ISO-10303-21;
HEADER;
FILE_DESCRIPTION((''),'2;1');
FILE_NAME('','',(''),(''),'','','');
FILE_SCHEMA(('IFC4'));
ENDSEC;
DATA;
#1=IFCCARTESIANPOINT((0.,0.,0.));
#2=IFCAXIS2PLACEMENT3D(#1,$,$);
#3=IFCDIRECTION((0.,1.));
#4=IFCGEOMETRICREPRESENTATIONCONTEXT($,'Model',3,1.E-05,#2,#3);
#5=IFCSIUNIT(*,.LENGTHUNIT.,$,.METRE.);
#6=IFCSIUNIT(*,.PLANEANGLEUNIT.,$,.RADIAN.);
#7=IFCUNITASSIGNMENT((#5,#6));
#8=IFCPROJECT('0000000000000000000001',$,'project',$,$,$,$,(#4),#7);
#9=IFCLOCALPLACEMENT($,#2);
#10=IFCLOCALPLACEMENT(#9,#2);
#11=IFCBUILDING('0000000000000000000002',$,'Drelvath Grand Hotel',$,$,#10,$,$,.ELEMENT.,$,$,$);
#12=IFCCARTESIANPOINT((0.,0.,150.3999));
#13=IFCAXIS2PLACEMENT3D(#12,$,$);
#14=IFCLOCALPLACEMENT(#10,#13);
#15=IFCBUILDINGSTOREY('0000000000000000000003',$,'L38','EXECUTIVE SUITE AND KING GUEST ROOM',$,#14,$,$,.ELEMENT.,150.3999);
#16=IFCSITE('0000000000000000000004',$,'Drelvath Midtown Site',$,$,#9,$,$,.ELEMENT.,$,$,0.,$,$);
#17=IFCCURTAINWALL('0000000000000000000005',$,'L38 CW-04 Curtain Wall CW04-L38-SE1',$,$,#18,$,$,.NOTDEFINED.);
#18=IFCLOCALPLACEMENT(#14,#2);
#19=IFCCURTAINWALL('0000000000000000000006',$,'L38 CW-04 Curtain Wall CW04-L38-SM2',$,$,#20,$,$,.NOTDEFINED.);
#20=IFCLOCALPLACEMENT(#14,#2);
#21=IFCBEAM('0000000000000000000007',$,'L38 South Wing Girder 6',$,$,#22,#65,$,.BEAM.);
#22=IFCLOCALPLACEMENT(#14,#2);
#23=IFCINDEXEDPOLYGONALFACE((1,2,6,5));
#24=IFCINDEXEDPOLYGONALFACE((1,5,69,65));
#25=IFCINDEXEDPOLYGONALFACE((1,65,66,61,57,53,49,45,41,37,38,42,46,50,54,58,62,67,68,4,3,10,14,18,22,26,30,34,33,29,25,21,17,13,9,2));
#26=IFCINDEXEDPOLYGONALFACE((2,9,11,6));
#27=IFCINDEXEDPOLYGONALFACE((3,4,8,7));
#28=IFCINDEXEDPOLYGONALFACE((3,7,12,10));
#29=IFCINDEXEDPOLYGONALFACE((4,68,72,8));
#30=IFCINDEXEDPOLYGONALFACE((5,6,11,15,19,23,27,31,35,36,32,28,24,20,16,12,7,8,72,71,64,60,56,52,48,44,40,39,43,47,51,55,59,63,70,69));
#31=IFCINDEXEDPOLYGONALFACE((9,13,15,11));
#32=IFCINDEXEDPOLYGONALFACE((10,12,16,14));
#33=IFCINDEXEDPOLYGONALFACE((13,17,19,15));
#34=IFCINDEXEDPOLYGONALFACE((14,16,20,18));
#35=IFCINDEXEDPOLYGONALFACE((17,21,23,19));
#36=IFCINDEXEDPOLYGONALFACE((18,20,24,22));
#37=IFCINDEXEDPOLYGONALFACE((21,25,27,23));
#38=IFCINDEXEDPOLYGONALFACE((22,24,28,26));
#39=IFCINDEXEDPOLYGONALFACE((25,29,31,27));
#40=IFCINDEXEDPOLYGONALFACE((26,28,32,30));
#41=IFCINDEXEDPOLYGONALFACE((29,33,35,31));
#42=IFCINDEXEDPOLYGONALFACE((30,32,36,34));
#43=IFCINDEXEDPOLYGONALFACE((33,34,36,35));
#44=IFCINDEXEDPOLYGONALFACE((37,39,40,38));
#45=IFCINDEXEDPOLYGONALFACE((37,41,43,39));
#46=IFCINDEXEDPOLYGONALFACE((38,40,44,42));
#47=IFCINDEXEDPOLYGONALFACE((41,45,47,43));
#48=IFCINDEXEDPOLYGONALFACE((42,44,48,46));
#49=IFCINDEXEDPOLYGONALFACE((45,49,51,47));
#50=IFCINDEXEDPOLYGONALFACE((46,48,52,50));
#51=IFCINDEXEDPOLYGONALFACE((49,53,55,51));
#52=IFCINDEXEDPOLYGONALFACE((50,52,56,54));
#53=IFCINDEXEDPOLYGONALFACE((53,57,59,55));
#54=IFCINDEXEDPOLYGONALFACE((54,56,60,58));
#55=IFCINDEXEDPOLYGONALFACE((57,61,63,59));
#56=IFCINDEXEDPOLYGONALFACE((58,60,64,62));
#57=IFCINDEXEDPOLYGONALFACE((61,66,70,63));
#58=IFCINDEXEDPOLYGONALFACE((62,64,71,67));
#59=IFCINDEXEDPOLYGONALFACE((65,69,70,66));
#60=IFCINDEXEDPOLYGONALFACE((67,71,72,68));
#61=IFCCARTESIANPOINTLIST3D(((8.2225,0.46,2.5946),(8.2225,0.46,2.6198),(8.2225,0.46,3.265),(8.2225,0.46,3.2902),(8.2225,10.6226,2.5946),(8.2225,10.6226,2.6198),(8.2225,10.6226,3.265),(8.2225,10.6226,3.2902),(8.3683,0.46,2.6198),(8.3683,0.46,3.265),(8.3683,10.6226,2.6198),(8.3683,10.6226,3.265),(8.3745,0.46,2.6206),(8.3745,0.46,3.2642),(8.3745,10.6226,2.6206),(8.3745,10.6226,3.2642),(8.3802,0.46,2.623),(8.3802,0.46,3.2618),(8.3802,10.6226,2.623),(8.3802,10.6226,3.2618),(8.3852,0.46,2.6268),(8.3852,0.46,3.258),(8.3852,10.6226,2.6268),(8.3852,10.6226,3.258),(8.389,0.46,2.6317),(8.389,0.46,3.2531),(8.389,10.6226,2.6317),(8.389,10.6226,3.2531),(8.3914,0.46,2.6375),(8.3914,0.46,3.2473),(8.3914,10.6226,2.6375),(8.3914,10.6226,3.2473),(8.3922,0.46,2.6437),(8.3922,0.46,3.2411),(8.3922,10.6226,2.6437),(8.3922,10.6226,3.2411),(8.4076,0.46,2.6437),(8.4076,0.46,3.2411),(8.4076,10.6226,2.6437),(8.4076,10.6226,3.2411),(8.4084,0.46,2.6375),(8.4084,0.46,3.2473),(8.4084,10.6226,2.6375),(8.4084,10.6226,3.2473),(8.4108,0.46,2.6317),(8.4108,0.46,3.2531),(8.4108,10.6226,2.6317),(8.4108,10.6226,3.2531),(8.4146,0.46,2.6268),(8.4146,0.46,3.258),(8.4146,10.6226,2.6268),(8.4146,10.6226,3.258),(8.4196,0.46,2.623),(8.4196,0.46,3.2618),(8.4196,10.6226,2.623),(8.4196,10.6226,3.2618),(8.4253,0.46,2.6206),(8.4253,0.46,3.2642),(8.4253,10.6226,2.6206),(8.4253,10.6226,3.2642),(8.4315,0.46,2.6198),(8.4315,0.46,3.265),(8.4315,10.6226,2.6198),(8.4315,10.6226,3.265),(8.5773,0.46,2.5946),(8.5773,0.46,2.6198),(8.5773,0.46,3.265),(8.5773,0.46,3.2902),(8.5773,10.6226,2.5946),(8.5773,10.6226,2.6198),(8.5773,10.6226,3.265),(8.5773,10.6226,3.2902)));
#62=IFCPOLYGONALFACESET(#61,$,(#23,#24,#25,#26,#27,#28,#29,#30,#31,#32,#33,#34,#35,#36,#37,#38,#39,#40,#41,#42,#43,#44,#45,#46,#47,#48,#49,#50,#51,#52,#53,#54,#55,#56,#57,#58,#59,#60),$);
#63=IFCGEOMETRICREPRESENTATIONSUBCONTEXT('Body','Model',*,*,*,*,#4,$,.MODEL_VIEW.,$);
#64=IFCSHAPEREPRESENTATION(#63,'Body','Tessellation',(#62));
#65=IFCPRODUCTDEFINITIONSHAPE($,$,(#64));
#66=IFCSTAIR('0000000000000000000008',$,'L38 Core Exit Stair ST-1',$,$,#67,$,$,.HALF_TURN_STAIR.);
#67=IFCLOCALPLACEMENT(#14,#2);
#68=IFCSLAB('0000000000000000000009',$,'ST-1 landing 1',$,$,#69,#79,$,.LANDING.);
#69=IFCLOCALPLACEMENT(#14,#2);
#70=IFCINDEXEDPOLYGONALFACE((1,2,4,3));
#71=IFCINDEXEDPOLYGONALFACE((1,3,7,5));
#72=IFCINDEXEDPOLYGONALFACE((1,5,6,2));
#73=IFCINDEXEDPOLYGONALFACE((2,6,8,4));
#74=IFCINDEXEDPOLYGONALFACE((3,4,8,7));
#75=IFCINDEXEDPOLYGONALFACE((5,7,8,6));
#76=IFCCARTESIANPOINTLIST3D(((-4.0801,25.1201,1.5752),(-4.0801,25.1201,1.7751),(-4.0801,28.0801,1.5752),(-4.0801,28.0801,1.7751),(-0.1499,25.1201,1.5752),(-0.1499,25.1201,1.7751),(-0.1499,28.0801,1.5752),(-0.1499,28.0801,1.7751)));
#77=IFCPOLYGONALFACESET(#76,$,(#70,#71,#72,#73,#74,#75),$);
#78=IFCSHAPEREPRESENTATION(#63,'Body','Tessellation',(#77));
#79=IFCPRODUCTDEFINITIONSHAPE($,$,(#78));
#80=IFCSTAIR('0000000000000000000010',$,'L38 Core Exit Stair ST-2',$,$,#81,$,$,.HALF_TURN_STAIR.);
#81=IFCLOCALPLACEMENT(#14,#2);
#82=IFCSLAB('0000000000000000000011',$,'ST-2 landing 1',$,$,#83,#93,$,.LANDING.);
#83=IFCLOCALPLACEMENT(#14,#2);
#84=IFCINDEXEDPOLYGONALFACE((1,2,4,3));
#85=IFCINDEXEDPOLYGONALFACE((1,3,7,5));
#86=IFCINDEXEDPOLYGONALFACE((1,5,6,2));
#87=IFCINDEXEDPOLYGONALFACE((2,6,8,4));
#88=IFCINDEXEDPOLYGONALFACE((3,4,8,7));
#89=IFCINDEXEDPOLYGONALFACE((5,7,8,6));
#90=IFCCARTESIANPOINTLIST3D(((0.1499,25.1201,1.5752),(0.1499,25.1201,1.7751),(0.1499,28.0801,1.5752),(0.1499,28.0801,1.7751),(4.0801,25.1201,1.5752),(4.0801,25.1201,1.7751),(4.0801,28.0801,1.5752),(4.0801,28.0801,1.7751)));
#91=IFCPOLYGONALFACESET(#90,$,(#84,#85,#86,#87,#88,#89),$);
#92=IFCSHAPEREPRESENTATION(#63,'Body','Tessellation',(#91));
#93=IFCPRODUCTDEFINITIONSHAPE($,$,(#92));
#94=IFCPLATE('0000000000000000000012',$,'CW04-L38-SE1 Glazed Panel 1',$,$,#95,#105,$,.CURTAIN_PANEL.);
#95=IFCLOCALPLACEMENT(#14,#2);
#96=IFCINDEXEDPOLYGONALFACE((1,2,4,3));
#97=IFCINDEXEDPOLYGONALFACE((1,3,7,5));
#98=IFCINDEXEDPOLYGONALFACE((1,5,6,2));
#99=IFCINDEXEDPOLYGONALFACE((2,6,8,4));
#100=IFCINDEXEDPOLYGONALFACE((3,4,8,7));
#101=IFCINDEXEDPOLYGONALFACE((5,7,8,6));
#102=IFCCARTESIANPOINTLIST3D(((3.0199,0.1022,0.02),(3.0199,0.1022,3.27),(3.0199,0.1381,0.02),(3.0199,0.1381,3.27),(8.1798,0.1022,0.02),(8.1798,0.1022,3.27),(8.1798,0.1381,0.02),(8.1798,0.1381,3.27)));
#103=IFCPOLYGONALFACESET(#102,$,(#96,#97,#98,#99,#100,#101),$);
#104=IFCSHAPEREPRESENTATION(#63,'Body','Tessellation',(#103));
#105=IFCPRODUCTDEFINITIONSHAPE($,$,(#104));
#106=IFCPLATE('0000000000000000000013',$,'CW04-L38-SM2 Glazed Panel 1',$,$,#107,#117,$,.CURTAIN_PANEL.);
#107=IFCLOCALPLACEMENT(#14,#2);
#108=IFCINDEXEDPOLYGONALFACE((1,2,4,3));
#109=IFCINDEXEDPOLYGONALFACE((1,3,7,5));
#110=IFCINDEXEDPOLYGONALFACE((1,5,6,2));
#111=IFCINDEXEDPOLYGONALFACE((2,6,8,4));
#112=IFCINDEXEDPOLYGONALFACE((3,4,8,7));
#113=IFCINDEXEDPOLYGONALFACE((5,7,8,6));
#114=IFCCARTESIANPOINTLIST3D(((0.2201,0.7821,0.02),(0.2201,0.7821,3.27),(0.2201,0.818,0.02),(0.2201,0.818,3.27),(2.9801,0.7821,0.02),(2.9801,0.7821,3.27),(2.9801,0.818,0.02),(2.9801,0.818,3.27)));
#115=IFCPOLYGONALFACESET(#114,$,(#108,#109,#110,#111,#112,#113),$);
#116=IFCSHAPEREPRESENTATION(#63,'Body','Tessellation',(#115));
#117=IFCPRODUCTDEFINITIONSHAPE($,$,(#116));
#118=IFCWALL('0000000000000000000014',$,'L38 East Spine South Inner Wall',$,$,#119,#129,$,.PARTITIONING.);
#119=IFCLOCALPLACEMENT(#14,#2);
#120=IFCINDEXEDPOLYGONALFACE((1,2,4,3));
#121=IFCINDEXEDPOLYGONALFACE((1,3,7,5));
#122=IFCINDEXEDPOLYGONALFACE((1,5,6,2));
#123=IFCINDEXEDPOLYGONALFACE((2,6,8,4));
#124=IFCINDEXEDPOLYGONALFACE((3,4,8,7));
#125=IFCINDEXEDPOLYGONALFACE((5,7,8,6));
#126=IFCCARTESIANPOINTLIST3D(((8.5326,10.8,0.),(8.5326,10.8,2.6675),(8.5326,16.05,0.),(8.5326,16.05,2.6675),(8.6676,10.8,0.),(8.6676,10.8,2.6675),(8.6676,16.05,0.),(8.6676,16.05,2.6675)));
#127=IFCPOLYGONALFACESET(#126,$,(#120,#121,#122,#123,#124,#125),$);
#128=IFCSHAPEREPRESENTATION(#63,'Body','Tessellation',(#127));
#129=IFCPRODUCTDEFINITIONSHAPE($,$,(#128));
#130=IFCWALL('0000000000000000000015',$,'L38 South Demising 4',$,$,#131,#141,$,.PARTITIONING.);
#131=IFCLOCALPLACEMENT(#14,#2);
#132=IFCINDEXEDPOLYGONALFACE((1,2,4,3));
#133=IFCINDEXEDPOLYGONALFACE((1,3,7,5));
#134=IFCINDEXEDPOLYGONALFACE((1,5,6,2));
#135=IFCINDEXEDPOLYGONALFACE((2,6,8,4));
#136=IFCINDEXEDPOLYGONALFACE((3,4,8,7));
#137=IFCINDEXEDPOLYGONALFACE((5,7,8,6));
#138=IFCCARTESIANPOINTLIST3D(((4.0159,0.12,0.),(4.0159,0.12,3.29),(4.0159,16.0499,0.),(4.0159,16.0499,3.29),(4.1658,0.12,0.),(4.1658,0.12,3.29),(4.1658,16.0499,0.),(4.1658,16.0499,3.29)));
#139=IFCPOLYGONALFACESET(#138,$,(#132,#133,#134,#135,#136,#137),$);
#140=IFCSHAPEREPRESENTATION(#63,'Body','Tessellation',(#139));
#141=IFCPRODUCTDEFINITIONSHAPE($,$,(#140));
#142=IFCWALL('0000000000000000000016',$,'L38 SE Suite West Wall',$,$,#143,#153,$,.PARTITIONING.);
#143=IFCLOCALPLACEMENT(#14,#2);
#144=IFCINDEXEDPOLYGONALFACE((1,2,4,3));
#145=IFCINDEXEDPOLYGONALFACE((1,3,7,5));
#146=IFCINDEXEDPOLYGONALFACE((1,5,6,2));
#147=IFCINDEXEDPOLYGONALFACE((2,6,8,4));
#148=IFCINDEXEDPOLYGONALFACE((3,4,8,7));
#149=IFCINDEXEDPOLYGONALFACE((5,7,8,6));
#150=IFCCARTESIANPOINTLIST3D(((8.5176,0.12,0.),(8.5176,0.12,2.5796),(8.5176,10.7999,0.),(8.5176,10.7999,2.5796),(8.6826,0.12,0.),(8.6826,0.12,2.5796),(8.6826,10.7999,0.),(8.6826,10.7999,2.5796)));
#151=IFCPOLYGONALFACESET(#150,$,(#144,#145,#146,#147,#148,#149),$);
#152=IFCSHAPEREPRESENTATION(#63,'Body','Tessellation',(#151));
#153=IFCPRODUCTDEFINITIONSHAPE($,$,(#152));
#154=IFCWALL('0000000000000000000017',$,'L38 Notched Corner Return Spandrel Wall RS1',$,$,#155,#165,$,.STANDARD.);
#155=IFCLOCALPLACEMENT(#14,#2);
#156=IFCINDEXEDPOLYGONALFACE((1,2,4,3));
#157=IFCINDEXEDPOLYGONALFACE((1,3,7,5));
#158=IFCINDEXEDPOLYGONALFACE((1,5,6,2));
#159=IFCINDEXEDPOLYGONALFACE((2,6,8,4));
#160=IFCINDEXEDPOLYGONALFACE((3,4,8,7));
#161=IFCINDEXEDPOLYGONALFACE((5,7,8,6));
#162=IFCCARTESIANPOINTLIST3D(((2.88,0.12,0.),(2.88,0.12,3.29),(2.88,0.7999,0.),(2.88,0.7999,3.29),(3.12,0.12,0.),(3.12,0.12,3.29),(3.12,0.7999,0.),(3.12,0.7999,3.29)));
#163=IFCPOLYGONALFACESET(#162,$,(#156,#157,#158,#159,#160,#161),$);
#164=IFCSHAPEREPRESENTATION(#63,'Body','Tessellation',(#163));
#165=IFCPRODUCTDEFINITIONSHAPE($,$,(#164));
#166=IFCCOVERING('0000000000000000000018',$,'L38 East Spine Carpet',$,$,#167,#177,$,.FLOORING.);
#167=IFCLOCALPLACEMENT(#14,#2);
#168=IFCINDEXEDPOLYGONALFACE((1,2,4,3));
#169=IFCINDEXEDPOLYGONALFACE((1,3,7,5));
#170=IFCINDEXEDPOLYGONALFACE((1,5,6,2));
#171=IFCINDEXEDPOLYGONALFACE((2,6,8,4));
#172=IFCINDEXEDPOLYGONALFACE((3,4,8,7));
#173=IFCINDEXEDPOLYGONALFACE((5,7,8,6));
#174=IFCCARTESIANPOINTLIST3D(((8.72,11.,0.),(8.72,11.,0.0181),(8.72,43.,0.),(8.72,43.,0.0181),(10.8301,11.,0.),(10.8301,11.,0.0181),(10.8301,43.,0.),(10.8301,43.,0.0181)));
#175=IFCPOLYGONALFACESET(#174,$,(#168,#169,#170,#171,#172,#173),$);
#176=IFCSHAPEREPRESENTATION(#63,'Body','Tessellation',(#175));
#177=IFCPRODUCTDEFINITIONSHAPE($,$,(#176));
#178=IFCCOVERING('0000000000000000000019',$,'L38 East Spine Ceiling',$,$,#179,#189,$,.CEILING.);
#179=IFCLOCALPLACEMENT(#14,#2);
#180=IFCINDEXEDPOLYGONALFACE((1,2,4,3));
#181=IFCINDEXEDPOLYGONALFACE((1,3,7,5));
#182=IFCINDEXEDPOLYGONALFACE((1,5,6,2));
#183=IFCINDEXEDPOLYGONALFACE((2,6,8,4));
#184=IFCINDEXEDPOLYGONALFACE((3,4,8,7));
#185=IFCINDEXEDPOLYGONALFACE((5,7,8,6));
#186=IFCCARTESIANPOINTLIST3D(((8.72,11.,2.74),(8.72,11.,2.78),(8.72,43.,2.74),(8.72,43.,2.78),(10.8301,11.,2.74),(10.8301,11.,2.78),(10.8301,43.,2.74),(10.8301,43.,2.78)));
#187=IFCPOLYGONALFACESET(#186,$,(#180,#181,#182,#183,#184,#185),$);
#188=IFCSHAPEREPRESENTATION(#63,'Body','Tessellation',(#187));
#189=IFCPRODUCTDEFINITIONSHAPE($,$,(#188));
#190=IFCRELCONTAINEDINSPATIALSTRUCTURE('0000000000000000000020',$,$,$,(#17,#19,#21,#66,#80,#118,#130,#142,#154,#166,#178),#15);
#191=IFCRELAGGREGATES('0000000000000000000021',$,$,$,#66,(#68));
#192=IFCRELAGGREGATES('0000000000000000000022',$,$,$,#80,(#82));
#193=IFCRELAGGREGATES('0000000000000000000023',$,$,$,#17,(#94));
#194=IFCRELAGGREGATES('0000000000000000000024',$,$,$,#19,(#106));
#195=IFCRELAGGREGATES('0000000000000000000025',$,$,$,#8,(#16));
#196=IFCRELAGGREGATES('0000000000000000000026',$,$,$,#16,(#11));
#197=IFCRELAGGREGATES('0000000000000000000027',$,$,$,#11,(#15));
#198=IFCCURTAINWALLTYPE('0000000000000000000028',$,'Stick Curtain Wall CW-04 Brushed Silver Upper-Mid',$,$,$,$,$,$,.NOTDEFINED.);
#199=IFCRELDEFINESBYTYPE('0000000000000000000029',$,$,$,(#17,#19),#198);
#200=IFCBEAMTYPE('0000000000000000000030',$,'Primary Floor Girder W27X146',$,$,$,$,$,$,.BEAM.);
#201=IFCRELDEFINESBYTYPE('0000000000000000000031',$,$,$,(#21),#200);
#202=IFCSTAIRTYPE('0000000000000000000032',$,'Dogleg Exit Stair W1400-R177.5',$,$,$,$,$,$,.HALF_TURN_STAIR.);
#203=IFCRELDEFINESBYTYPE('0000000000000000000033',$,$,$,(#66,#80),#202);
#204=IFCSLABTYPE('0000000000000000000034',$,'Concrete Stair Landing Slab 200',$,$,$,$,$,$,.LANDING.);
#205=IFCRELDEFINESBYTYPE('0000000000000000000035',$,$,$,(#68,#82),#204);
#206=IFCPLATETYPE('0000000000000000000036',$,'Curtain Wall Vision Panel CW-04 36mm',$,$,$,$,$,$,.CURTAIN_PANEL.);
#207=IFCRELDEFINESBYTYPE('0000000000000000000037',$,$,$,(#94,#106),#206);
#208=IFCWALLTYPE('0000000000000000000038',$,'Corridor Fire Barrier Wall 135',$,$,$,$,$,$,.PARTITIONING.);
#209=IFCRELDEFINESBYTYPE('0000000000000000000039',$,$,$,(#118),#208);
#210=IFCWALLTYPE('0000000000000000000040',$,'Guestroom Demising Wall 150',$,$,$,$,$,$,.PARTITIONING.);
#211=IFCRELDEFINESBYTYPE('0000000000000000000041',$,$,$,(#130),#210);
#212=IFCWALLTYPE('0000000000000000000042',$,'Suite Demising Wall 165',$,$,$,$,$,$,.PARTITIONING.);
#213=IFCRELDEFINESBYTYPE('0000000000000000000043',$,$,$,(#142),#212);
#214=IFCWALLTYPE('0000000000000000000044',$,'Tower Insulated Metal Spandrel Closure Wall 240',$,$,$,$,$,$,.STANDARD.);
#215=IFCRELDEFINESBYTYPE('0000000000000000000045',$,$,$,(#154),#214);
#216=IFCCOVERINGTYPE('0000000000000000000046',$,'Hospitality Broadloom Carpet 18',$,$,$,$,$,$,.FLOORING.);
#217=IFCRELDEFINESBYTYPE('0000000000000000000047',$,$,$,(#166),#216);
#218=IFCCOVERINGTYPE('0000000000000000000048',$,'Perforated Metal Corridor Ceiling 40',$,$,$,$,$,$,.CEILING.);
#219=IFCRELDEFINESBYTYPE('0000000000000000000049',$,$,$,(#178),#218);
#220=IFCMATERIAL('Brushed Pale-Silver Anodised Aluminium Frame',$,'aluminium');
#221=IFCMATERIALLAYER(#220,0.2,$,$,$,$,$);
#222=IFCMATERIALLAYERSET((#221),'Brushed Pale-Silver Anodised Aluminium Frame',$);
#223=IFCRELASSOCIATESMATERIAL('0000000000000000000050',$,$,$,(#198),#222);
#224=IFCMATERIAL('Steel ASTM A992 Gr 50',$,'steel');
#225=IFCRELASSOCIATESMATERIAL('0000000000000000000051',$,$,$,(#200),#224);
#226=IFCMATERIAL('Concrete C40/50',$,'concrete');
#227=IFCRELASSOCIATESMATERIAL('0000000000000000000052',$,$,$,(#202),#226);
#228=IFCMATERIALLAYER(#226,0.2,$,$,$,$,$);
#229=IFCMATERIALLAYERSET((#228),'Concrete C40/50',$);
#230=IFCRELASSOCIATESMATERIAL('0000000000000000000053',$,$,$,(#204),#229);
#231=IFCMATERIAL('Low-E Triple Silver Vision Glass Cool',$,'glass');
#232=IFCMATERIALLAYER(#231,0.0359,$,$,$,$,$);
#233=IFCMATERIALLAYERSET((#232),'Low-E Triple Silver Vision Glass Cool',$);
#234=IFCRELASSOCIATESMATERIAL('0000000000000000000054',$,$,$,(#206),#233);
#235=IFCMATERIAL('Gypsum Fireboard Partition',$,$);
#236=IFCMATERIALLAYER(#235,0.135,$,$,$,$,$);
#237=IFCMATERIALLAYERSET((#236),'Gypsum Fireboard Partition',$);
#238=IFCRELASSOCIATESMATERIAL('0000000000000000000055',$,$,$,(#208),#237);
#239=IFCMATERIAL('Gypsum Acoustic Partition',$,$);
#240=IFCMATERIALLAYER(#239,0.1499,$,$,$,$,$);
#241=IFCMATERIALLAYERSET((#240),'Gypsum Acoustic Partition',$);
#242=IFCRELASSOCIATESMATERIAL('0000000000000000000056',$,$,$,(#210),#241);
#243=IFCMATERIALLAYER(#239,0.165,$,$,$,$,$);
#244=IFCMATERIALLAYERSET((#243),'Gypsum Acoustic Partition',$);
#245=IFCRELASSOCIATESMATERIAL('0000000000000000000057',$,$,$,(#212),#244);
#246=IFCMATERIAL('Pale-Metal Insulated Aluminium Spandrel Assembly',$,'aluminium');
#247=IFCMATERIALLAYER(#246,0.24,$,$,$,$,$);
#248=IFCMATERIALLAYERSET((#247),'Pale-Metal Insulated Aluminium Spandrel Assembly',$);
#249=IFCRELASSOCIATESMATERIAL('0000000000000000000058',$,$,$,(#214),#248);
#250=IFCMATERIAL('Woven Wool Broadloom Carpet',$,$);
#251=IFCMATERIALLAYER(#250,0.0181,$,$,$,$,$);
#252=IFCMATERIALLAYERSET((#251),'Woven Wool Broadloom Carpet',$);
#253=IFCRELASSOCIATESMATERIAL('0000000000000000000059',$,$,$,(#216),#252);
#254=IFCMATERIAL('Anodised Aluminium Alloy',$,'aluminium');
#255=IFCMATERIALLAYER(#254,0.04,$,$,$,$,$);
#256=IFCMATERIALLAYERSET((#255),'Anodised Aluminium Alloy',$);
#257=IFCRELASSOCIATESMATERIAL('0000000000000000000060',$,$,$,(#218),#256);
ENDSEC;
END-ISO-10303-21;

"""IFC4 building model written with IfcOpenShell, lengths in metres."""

from ifc_helpers import new_model, si_unit, direction, frame, frame_2d, origin, origin_2d, place, context, subcontext, project, spatial, polyline, rectangle, i_section, outline, extrude, material, layer, layer_set, material_profile, profile_set, type_object, element, aggregate, save


model = new_model("IFC4")

# Units and contexts
model_context = context("Model", 3, precision=1e-05, world=origin(), true_north=direction((0.0, 1.0)))
body_context = subcontext(model_context, "Body", "Model", "MODEL_VIEW")
ifc_project = project(units=[si_unit("LENGTHUNIT", "METRE"), si_unit("PLANEANGLEUNIT", "RADIAN")], contexts=[model_context])

# Site, building, storey
site_placement = place(None, origin())
site = spatial("IfcSite", under=ifc_project, at=site_placement, Name="Drelvath Midtown Site", CompositionType="ELEMENT", RefElevation=0.0)
building_placement = place(site_placement, origin())
building = spatial("IfcBuilding", under=site, at=building_placement, Name="Drelvath Grand Hotel", CompositionType="ELEMENT")
storey_placement = place(building_placement, frame((0.0, 0.0, 150.3999)))
storey = spatial("IfcBuildingStorey", under=building, at=storey_placement, Name="L38", Description="EXECUTIVE SUITE AND KING GUEST ROOM", CompositionType="ELEMENT", Elevation=150.3999)

# Curtain walls
ifc_material_1 = material(Name="Brushed Pale-Silver Anodised Aluminium Frame", Category="aluminium")
ifc_layer_1 = layer(ifc_material_1, 0.2)
ifc_layer_set_1 = layer_set([ifc_layer_1], Name="Brushed Pale-Silver Anodised Aluminium Frame")
curtain_wall_type = type_object("IfcCurtainWallType", Name="Stick Curtain Wall CW-04 Brushed Silver Upper-Mid", PredefinedType="NOTDEFINED", material=ifc_layer_set_1)
curtain_wall_1_placement = place(storey_placement, origin())
curtain_wall_1 = element("IfcCurtainWall", 1, at=curtain_wall_1_placement, inside=storey, type_object=curtain_wall_type, Name="L38 CW-04 Curtain Wall CW04-L38-SE1", PredefinedType="NOTDEFINED")
curtain_wall_2_placement = place(storey_placement, origin())
curtain_wall_2 = element("IfcCurtainWall", 2, at=curtain_wall_2_placement, inside=storey, type_object=curtain_wall_type, Name="L38 CW-04 Curtain Wall CW04-L38-SM2", PredefinedType="NOTDEFINED")

# Beam
ifc_material_2 = material(Name="Steel ASTM A992 Gr 50", Category="steel")
ifc_material_profile_1 = material_profile(ifc_material_2, i_section(OverallWidth=0.3547, OverallDepth=0.6956, WebThickness=0.0154, FlangeThickness=0.0251, FilletRadius=0.0239, at=origin_2d()), Name="W27X146")
ifc_profile_set_1 = profile_set([ifc_material_profile_1], Name="Steel ASTM A992 Gr 50")
beam_type_1 = type_object("IfcBeamType", Name="Primary Floor Girder W27X146", PredefinedType="BEAM", material=ifc_profile_set_1)
beam_1_placement = place(storey_placement, frame((8.3999, 0.46, 2.9424), z_axis=(0.0, 1.0, 0.0), x_axis=(-1.0, 0.0, 0.0)))
element("IfcBeam", 3, at=beam_1_placement, inside=storey, type_object=beam_type_1, Name="L38 South Wing Girder 6", PredefinedType="BEAM", context=body_context, shape_type="SweptSolid", body=[
    extrude(i_section(OverallWidth=0.3547, OverallDepth=0.6956, WebThickness=0.0154, FlangeThickness=0.0251, FilletRadius=0.0239, at=origin_2d()), origin(), (0.0, 0.0, 1.0), 10.1626),
])

# Stairs, slabs
ifc_material_3 = material(Name="Concrete C40/50", Category="concrete")
stair_type = type_object("IfcStairType", Name="Dogleg Exit Stair W1400-R177.5", PredefinedType="HALF_TURN_STAIR", material=ifc_material_3)
stair_1_placement = place(storey_placement, origin())
stair_1 = element("IfcStair", 4, at=stair_1_placement, inside=storey, type_object=stair_type, Name="L38 Core Exit Stair ST-1", PredefinedType="HALF_TURN_STAIR")
ifc_layer_2 = layer(ifc_material_3, 0.2)
ifc_layer_set_2 = layer_set([ifc_layer_2], Name="Concrete C40/50")
slab_type = type_object("IfcSlabType", Name="Concrete Stair Landing Slab 200", PredefinedType="LANDING", material=ifc_layer_set_2)
slab_1_placement = place(storey_placement, frame((0.0, 0.0, 1.5752)))
slab_1 = element("IfcSlab", 5, at=slab_1_placement, type_object=slab_type, Name="ST-1 landing 1", PredefinedType="LANDING", context=body_context, shape_type="SweptSolid", body=[
    extrude(outline(polyline([(-4.0801, 25.1201), (-0.1499, 25.1201), (-0.1499, 28.0801), (-4.0801, 28.0801), (-4.0801, 25.1201)])), origin(), (0.0, 0.0, 1.0), 0.2),
])
aggregate(stair_1, [slab_1])
stair_2_placement = place(storey_placement, origin())
stair_2 = element("IfcStair", 6, at=stair_2_placement, inside=storey, type_object=stair_type, Name="L38 Core Exit Stair ST-2", PredefinedType="HALF_TURN_STAIR")
slab_2_placement = place(storey_placement, frame((0.0, 0.0, 1.5752)))
slab_2 = element("IfcSlab", 7, at=slab_2_placement, type_object=slab_type, Name="ST-2 landing 1", PredefinedType="LANDING", context=body_context, shape_type="SweptSolid", body=[
    extrude(outline(polyline([(4.0801, 28.0801), (0.1499, 28.0801), (0.1499, 25.1201), (4.0801, 25.1201), (4.0801, 28.0801)])), origin(), (0.0, 0.0, 1.0), 0.2),
])
aggregate(stair_2, [slab_2])

# Plates
ifc_material_4 = material(Name="Low-E Triple Silver Vision Glass Cool", Category="glass")
ifc_layer_3 = layer(ifc_material_4, 0.0359)
ifc_layer_set_3 = layer_set([ifc_layer_3], Name="Low-E Triple Silver Vision Glass Cool")
plate_type = type_object("IfcPlateType", Name="Curtain Wall Vision Panel CW-04 36mm", PredefinedType="CURTAIN_PANEL", material=ifc_layer_set_3)
plate_1_placement = place(storey_placement, frame((5.5999, 0.1201, 0.02), z_axis=(0.0, 0.0, 1.0), x_axis=(-1.0, 0.0, 0.0)))
plate_1 = element("IfcPlate", 8, at=plate_1_placement, type_object=plate_type, Name="CW04-L38-SE1 Glazed Panel 1", PredefinedType="CURTAIN_PANEL", context=body_context, shape_type="SweptSolid", body=[
    extrude(rectangle(XDim=5.1599, YDim=0.0359, at=origin_2d()), origin(), (0.0, 0.0, 1.0), 3.25),
])
aggregate(curtain_wall_1, [plate_1])
plate_2_placement = place(storey_placement, frame((1.6001, 0.8, 0.02), z_axis=(0.0, 0.0, 1.0), x_axis=(-1.0, 0.0, 0.0)))
plate_2 = element("IfcPlate", 9, at=plate_2_placement, type_object=plate_type, Name="CW04-L38-SM2 Glazed Panel 1", PredefinedType="CURTAIN_PANEL", context=body_context, shape_type="SweptSolid", body=[
    extrude(rectangle(XDim=2.76, YDim=0.0359, at=origin_2d()), origin(), (0.0, 0.0, 1.0), 3.25),
])
aggregate(curtain_wall_2, [plate_2])

# Wall
ifc_material_5 = material(Name="Gypsum Fireboard Partition")
ifc_layer_4 = layer(ifc_material_5, 0.135)
ifc_layer_set_4 = layer_set([ifc_layer_4], Name="Gypsum Fireboard Partition")
wall_type_1 = type_object("IfcWallType", Name="Corridor Fire Barrier Wall 135", PredefinedType="PARTITIONING", material=ifc_layer_set_4)
wall_1_placement = place(storey_placement, frame((8.6001, 10.8, 0.0), z_axis=(0.0, 0.0, 1.0), x_axis=(0.0, 1.0, 0.0)))
element("IfcWall", 10, at=wall_1_placement, inside=storey, type_object=wall_type_1, Name="L38 East Spine South Inner Wall", PredefinedType="PARTITIONING", context=body_context, shape_type="SweptSolid", body=[
    extrude(rectangle(XDim=5.25, YDim=0.135, at=frame_2d((2.625, 0.0))), origin(), (0.0, 0.0, 1.0), 2.6675),
])

# Walls
ifc_material_6 = material(Name="Gypsum Acoustic Partition")
ifc_layer_5 = layer(ifc_material_6, 0.1499)
ifc_layer_set_5 = layer_set([ifc_layer_5], Name="Gypsum Acoustic Partition")
wall_type_2 = type_object("IfcWallType", Name="Guestroom Demising Wall 150", PredefinedType="PARTITIONING", material=ifc_layer_set_5)
wall_2_placement = place(storey_placement, frame((4.0908, 0.1201, 0.0), z_axis=(0.0, 0.0, 1.0), x_axis=(0.0, 1.0, 0.0)))
element("IfcWall", 11, at=wall_2_placement, inside=storey, type_object=wall_type_2, Name="L38 South Demising 4", PredefinedType="PARTITIONING", context=body_context, shape_type="SweptSolid", body=[
    extrude(rectangle(XDim=15.9299, YDim=0.1499, at=frame_2d((7.9648, 0.0))), origin(), (0.0, 0.0, 1.0), 3.29),
])
ifc_layer_6 = layer(ifc_material_6, 0.165)
ifc_layer_set_6 = layer_set([ifc_layer_6], Name="Gypsum Acoustic Partition")
wall_type_3 = type_object("IfcWallType", Name="Suite Demising Wall 165", PredefinedType="PARTITIONING", material=ifc_layer_set_6)
wall_3_placement = place(storey_placement, frame((8.6001, 0.1201, 0.0), z_axis=(0.0, 0.0, 1.0), x_axis=(0.0, 1.0, 0.0)))
element("IfcWall", 12, at=wall_3_placement, inside=storey, type_object=wall_type_3, Name="L38 SE Suite West Wall", PredefinedType="PARTITIONING", context=body_context, shape_type="SweptSolid", body=[
    extrude(rectangle(XDim=10.6799, YDim=0.165, at=frame_2d((5.3398, 0.0))), origin(), (0.0, 0.0, 1.0), 2.5796),
])
ifc_material_7 = material(Name="Pale-Metal Insulated Aluminium Spandrel Assembly", Category="aluminium")
ifc_layer_7 = layer(ifc_material_7, 0.24)
ifc_layer_set_7 = layer_set([ifc_layer_7], Name="Pale-Metal Insulated Aluminium Spandrel Assembly")
wall_type_4 = type_object("IfcWallType", Name="Tower Insulated Metal Spandrel Closure Wall 240", PredefinedType="STANDARD", material=ifc_layer_set_7)
wall_4_placement = place(storey_placement, frame((3.0, 0.1201, 0.0), z_axis=(0.0, 0.0, 1.0), x_axis=(0.0, 1.0, 0.0)))
element("IfcWall", 13, at=wall_4_placement, inside=storey, type_object=wall_type_4, Name="L38 Notched Corner Return Spandrel Wall RS1", PredefinedType="STANDARD", context=body_context, shape_type="SweptSolid", body=[
    extrude(rectangle(XDim=0.6799, YDim=0.24, at=frame_2d((0.3398, 0.0))), origin(), (0.0, 0.0, 1.0), 3.29),
])

# Coverings
ifc_material_8 = material(Name="Woven Wool Broadloom Carpet")
ifc_layer_8 = layer(ifc_material_8, 0.0181)
ifc_layer_set_8 = layer_set([ifc_layer_8], Name="Woven Wool Broadloom Carpet")
covering_type_1 = type_object("IfcCoveringType", Name="Hospitality Broadloom Carpet 18", PredefinedType="FLOORING", material=ifc_layer_set_8)
covering_1_placement = place(storey_placement, origin())
element("IfcCovering", 14, at=covering_1_placement, inside=storey, type_object=covering_type_1, Name="L38 East Spine Carpet", PredefinedType="FLOORING", context=body_context, shape_type="SweptSolid", body=[
    extrude(outline(polyline([(10.8301, 11.0), (10.8301, 43.0), (8.72, 43.0), (8.72, 11.0), (10.8301, 11.0)])), origin(), (0.0, 0.0, 1.0), 0.0181),
])
ifc_material_9 = material(Name="Anodised Aluminium Alloy", Category="aluminium")
ifc_layer_9 = layer(ifc_material_9, 0.04)
ifc_layer_set_9 = layer_set([ifc_layer_9], Name="Anodised Aluminium Alloy")
covering_type_2 = type_object("IfcCoveringType", Name="Perforated Metal Corridor Ceiling 40", PredefinedType="CEILING", material=ifc_layer_set_9)
covering_2_placement = place(storey_placement, frame((0.0, 0.0, 2.74)))
element("IfcCovering", 15, at=covering_2_placement, inside=storey, type_object=covering_type_2, Name="L38 East Spine Ceiling", PredefinedType="CEILING", context=body_context, shape_type="SweptSolid", body=[
    extrude(outline(polyline([(10.8301, 11.0), (10.8301, 43.0), (8.72, 43.0), (8.72, 11.0), (10.8301, 11.0)])), origin(), (0.0, 0.0, 1.0), 0.04),
])

save(model, "model.ifc")
